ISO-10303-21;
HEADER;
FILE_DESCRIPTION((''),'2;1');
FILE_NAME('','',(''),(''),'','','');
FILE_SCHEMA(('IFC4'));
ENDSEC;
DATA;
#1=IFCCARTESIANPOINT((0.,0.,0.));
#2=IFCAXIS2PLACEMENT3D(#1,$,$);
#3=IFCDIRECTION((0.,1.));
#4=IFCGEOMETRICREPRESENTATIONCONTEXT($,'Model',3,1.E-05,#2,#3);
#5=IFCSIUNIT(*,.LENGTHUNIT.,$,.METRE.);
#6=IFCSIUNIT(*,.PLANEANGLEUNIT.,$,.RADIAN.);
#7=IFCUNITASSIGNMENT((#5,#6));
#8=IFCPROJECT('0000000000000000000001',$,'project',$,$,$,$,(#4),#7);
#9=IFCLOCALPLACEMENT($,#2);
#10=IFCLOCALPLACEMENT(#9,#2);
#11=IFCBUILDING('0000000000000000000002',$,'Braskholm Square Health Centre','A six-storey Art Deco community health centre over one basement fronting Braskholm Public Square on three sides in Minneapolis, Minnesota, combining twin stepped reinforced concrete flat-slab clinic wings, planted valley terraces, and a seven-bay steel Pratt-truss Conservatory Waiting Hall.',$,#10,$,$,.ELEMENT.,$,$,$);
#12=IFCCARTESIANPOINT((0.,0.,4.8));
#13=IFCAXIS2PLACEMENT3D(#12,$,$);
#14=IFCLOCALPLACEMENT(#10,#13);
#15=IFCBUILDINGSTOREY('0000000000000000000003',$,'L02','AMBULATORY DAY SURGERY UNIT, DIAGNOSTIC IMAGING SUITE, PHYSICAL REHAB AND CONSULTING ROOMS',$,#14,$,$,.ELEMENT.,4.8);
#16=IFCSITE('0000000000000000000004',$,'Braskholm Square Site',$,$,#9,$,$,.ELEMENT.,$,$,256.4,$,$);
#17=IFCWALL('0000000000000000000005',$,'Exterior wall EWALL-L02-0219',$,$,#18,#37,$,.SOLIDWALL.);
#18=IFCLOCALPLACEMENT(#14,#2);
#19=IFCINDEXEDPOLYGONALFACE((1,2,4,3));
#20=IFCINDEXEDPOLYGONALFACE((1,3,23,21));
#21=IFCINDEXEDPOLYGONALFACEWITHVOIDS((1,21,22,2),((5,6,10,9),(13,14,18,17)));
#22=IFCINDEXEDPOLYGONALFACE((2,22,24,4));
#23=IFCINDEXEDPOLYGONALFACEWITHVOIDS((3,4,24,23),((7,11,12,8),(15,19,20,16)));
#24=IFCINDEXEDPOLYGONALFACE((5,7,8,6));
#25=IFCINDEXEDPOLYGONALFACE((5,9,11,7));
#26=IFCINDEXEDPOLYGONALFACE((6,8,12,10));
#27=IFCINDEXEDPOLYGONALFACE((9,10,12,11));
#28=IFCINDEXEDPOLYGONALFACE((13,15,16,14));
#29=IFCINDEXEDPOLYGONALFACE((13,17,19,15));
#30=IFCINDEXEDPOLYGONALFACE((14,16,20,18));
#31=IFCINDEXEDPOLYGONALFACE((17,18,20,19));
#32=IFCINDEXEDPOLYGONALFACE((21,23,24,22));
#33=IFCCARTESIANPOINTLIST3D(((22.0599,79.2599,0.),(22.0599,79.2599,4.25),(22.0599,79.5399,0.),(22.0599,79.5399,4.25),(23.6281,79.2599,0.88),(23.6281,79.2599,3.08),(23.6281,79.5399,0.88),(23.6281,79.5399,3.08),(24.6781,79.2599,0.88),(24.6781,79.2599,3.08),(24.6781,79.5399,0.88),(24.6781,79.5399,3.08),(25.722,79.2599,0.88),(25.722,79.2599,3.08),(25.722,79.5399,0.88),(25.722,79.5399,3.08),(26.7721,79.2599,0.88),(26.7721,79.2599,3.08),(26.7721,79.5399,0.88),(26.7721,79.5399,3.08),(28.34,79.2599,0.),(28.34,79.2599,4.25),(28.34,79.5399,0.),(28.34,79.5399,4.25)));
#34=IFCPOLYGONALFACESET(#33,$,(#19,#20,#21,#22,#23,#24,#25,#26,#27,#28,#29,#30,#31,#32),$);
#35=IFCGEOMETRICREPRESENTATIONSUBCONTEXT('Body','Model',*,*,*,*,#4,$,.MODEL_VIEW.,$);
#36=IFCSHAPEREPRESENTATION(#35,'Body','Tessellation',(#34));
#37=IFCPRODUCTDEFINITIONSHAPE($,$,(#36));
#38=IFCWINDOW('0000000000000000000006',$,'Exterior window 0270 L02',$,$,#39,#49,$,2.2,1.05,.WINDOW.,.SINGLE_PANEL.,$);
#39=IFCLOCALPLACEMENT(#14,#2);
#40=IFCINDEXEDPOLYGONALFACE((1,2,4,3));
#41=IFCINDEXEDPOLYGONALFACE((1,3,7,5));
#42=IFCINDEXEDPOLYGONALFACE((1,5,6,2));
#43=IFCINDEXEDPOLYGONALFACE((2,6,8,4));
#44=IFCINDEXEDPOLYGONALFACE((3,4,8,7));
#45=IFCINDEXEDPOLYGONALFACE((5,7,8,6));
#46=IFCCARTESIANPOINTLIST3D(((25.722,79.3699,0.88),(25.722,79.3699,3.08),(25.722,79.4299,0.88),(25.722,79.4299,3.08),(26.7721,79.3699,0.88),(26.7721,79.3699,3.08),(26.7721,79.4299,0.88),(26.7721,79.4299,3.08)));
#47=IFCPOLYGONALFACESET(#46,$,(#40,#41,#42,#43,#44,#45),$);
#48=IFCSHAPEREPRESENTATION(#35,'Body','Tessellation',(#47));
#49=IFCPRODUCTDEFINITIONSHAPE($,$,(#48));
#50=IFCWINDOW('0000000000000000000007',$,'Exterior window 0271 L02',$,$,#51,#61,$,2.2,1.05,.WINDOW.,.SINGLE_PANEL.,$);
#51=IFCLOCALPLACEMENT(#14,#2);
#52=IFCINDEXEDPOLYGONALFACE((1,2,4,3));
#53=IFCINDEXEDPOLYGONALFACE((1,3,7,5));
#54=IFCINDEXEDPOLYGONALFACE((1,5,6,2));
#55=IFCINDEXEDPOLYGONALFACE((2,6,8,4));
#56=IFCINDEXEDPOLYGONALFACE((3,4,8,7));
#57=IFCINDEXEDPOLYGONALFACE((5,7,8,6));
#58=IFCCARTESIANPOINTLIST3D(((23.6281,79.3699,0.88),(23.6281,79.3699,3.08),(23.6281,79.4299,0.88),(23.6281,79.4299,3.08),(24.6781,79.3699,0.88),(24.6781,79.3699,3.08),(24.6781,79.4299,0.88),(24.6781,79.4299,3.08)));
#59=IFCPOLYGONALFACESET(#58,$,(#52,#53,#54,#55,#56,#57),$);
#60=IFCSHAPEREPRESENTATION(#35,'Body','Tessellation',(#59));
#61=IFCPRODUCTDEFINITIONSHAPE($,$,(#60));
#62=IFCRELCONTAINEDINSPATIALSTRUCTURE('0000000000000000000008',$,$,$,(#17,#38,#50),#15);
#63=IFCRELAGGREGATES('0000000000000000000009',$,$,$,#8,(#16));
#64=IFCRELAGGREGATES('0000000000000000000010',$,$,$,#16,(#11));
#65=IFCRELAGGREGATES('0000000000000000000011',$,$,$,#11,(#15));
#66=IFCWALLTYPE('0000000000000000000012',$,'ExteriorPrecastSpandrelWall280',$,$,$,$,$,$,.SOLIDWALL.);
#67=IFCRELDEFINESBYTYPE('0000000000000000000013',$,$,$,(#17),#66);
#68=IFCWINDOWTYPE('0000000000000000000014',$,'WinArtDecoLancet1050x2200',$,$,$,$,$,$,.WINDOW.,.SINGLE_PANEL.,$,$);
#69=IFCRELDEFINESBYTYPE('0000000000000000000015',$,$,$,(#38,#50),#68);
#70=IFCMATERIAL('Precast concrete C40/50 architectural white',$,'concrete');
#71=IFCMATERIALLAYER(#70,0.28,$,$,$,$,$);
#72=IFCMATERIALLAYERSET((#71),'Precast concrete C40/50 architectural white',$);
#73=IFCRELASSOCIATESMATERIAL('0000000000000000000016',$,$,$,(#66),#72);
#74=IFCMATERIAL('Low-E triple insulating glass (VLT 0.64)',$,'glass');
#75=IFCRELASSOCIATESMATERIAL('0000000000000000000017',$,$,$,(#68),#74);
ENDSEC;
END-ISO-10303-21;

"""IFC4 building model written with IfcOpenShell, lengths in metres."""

from ifc_helpers import new_model, si_unit, direction, frame, frame_2d, origin, origin_with_axes, place, context, subcontext, project, spatial, rectangle, extrude, material, layer, layer_set, type_object, element, fill, save


model = new_model("IFC4")

# Units and contexts
model_context = context("Model", 3, precision=1e-05, world=origin(), true_north=direction((0.0, 1.0)))
body_context = subcontext(model_context, "Body", "Model", "MODEL_VIEW")
ifc_project = project(units=[si_unit("LENGTHUNIT", "METRE"), si_unit("PLANEANGLEUNIT", "RADIAN")], contexts=[model_context])

# Site, building, storey
site_placement = place(None, origin())
site = spatial("IfcSite", under=ifc_project, at=site_placement, Name="Braskholm Square Site", CompositionType="ELEMENT", RefElevation=256.4)
building_placement = place(site_placement, origin())
building = spatial("IfcBuilding", under=site, at=building_placement, Name="Braskholm Square Health Centre", Description="A six-storey Art Deco community health centre over one basement fronting Braskholm Public Square on three sides in Minneapolis, Minnesota, combining twin stepped reinforced concrete flat-slab clinic wings, planted valley terraces, and a seven-bay steel Pratt-truss Conservatory Waiting Hall.", CompositionType="ELEMENT")
storey_placement = place(building_placement, frame((0.0, 0.0, 4.8)))
storey = spatial("IfcBuildingStorey", under=building, at=storey_placement, Name="L02", Description="AMBULATORY DAY SURGERY UNIT, DIAGNOSTIC IMAGING SUITE, PHYSICAL REHAB AND CONSULTING ROOMS", CompositionType="ELEMENT", Elevation=4.8)

# Shared definitions
ifc_material_1 = material(Name="Low-E triple insulating glass (VLT 0.64)", Category="glass")

# Shared definitions
ifc_material_2 = material(Name="Precast concrete C40/50 architectural white", Category="concrete")

# Shared definitions
ifc_layer = layer(ifc_material_2, 0.28)
ifc_layer_set = layer_set([ifc_layer], Name="Precast concrete C40/50 architectural white")
wall_type = type_object("IfcWallType", Name="ExteriorPrecastSpandrelWall280", PredefinedType="SOLIDWALL", material=ifc_layer_set)

# Wall, openings, windows
wall_1_placement = place(storey_placement, frame((28.3401, 79.3999, 0.0), z_axis=(0.0, 0.0, 1.0), x_axis=(-1.0, 0.0, 0.0)))
wall_1 = element("IfcWall", 1, at=wall_1_placement, inside=storey, type_object=wall_type, Name="Exterior wall EWALL-L02-0219", PredefinedType="SOLIDWALL", context=body_context, shape_type="SweptSolid", body=[
    extrude(rectangle(XDim=6.28, YDim=0.28, at=frame_2d((3.1401, 0.0))), origin(), (0.0, 0.0, 1.0), 4.25),
])
opening_1_placement = place(wall_1_placement, frame((1.5681, 0.0, 0.8799)))
opening_1 = element("IfcOpeningElement", 2, at=opening_1_placement, cuts=wall_1, PredefinedType="OPENING", context=body_context, shape_type="SweptSolid", body=[
    extrude(rectangle(XDim=1.05, YDim=2.2, at=frame_2d((0.5249, 1.1001))), frame((0.0, 0.1499, 0.0), z_axis=(0.0, -1.0, 0.0), x_axis=(1.0, 0.0, 0.0)), (0.0, 0.0, 1.0), 0.3),
])
opening_2_placement = place(wall_1_placement, frame((3.6621, 0.0, 0.8799)))
opening_2 = element("IfcOpeningElement", 3, at=opening_2_placement, cuts=wall_1, PredefinedType="OPENING", context=body_context, shape_type="SweptSolid", body=[
    extrude(rectangle(XDim=1.05, YDim=2.2, at=frame_2d((0.5249, 1.1001))), frame((0.0, 0.1499, 0.0), z_axis=(0.0, -1.0, 0.0), x_axis=(1.0, 0.0, 0.0)), (0.0, 0.0, 1.0), 0.3),
])
window_type = type_object("IfcWindowType", Name="WinArtDecoLancet1050x2200", PartitioningType="SINGLE_PANEL", PredefinedType="WINDOW", material=ifc_material_1)
window_1_placement = place(opening_1_placement, origin_with_axes())
window_1 = element("IfcWindow", 4, at=window_1_placement, inside=storey, type_object=window_type, Name="Exterior window 0270 L02", OverallHeight=2.2, OverallWidth=1.05, PartitioningType="SINGLE_PANEL", PredefinedType="WINDOW", context=body_context, shape_type="SweptSolid", body=[
    extrude(rectangle(XDim=1.05, YDim=2.2, at=frame_2d((0.5249, 1.1001))), frame((0.0, 0.03, 0.0), z_axis=(0.0, -1.0, 0.0), x_axis=(1.0, 0.0, 0.0)), (0.0, 0.0, 1.0), 0.0601),
])
fill(opening_1, window_1)
window_2_placement = place(opening_2_placement, origin_with_axes())
window_2 = element("IfcWindow", 5, at=window_2_placement, inside=storey, type_object=window_type, Name="Exterior window 0271 L02", OverallHeight=2.2, OverallWidth=1.05, PartitioningType="SINGLE_PANEL", PredefinedType="WINDOW", context=body_context, shape_type="SweptSolid", body=[
    extrude(rectangle(XDim=1.05, YDim=2.2, at=frame_2d((0.5249, 1.1001))), frame((0.0, 0.03, 0.0), z_axis=(0.0, -1.0, 0.0), x_axis=(1.0, 0.0, 0.0)), (0.0, 0.0, 1.0), 0.0601),
])
fill(opening_2, window_2)

save(model, "model.ifc")
